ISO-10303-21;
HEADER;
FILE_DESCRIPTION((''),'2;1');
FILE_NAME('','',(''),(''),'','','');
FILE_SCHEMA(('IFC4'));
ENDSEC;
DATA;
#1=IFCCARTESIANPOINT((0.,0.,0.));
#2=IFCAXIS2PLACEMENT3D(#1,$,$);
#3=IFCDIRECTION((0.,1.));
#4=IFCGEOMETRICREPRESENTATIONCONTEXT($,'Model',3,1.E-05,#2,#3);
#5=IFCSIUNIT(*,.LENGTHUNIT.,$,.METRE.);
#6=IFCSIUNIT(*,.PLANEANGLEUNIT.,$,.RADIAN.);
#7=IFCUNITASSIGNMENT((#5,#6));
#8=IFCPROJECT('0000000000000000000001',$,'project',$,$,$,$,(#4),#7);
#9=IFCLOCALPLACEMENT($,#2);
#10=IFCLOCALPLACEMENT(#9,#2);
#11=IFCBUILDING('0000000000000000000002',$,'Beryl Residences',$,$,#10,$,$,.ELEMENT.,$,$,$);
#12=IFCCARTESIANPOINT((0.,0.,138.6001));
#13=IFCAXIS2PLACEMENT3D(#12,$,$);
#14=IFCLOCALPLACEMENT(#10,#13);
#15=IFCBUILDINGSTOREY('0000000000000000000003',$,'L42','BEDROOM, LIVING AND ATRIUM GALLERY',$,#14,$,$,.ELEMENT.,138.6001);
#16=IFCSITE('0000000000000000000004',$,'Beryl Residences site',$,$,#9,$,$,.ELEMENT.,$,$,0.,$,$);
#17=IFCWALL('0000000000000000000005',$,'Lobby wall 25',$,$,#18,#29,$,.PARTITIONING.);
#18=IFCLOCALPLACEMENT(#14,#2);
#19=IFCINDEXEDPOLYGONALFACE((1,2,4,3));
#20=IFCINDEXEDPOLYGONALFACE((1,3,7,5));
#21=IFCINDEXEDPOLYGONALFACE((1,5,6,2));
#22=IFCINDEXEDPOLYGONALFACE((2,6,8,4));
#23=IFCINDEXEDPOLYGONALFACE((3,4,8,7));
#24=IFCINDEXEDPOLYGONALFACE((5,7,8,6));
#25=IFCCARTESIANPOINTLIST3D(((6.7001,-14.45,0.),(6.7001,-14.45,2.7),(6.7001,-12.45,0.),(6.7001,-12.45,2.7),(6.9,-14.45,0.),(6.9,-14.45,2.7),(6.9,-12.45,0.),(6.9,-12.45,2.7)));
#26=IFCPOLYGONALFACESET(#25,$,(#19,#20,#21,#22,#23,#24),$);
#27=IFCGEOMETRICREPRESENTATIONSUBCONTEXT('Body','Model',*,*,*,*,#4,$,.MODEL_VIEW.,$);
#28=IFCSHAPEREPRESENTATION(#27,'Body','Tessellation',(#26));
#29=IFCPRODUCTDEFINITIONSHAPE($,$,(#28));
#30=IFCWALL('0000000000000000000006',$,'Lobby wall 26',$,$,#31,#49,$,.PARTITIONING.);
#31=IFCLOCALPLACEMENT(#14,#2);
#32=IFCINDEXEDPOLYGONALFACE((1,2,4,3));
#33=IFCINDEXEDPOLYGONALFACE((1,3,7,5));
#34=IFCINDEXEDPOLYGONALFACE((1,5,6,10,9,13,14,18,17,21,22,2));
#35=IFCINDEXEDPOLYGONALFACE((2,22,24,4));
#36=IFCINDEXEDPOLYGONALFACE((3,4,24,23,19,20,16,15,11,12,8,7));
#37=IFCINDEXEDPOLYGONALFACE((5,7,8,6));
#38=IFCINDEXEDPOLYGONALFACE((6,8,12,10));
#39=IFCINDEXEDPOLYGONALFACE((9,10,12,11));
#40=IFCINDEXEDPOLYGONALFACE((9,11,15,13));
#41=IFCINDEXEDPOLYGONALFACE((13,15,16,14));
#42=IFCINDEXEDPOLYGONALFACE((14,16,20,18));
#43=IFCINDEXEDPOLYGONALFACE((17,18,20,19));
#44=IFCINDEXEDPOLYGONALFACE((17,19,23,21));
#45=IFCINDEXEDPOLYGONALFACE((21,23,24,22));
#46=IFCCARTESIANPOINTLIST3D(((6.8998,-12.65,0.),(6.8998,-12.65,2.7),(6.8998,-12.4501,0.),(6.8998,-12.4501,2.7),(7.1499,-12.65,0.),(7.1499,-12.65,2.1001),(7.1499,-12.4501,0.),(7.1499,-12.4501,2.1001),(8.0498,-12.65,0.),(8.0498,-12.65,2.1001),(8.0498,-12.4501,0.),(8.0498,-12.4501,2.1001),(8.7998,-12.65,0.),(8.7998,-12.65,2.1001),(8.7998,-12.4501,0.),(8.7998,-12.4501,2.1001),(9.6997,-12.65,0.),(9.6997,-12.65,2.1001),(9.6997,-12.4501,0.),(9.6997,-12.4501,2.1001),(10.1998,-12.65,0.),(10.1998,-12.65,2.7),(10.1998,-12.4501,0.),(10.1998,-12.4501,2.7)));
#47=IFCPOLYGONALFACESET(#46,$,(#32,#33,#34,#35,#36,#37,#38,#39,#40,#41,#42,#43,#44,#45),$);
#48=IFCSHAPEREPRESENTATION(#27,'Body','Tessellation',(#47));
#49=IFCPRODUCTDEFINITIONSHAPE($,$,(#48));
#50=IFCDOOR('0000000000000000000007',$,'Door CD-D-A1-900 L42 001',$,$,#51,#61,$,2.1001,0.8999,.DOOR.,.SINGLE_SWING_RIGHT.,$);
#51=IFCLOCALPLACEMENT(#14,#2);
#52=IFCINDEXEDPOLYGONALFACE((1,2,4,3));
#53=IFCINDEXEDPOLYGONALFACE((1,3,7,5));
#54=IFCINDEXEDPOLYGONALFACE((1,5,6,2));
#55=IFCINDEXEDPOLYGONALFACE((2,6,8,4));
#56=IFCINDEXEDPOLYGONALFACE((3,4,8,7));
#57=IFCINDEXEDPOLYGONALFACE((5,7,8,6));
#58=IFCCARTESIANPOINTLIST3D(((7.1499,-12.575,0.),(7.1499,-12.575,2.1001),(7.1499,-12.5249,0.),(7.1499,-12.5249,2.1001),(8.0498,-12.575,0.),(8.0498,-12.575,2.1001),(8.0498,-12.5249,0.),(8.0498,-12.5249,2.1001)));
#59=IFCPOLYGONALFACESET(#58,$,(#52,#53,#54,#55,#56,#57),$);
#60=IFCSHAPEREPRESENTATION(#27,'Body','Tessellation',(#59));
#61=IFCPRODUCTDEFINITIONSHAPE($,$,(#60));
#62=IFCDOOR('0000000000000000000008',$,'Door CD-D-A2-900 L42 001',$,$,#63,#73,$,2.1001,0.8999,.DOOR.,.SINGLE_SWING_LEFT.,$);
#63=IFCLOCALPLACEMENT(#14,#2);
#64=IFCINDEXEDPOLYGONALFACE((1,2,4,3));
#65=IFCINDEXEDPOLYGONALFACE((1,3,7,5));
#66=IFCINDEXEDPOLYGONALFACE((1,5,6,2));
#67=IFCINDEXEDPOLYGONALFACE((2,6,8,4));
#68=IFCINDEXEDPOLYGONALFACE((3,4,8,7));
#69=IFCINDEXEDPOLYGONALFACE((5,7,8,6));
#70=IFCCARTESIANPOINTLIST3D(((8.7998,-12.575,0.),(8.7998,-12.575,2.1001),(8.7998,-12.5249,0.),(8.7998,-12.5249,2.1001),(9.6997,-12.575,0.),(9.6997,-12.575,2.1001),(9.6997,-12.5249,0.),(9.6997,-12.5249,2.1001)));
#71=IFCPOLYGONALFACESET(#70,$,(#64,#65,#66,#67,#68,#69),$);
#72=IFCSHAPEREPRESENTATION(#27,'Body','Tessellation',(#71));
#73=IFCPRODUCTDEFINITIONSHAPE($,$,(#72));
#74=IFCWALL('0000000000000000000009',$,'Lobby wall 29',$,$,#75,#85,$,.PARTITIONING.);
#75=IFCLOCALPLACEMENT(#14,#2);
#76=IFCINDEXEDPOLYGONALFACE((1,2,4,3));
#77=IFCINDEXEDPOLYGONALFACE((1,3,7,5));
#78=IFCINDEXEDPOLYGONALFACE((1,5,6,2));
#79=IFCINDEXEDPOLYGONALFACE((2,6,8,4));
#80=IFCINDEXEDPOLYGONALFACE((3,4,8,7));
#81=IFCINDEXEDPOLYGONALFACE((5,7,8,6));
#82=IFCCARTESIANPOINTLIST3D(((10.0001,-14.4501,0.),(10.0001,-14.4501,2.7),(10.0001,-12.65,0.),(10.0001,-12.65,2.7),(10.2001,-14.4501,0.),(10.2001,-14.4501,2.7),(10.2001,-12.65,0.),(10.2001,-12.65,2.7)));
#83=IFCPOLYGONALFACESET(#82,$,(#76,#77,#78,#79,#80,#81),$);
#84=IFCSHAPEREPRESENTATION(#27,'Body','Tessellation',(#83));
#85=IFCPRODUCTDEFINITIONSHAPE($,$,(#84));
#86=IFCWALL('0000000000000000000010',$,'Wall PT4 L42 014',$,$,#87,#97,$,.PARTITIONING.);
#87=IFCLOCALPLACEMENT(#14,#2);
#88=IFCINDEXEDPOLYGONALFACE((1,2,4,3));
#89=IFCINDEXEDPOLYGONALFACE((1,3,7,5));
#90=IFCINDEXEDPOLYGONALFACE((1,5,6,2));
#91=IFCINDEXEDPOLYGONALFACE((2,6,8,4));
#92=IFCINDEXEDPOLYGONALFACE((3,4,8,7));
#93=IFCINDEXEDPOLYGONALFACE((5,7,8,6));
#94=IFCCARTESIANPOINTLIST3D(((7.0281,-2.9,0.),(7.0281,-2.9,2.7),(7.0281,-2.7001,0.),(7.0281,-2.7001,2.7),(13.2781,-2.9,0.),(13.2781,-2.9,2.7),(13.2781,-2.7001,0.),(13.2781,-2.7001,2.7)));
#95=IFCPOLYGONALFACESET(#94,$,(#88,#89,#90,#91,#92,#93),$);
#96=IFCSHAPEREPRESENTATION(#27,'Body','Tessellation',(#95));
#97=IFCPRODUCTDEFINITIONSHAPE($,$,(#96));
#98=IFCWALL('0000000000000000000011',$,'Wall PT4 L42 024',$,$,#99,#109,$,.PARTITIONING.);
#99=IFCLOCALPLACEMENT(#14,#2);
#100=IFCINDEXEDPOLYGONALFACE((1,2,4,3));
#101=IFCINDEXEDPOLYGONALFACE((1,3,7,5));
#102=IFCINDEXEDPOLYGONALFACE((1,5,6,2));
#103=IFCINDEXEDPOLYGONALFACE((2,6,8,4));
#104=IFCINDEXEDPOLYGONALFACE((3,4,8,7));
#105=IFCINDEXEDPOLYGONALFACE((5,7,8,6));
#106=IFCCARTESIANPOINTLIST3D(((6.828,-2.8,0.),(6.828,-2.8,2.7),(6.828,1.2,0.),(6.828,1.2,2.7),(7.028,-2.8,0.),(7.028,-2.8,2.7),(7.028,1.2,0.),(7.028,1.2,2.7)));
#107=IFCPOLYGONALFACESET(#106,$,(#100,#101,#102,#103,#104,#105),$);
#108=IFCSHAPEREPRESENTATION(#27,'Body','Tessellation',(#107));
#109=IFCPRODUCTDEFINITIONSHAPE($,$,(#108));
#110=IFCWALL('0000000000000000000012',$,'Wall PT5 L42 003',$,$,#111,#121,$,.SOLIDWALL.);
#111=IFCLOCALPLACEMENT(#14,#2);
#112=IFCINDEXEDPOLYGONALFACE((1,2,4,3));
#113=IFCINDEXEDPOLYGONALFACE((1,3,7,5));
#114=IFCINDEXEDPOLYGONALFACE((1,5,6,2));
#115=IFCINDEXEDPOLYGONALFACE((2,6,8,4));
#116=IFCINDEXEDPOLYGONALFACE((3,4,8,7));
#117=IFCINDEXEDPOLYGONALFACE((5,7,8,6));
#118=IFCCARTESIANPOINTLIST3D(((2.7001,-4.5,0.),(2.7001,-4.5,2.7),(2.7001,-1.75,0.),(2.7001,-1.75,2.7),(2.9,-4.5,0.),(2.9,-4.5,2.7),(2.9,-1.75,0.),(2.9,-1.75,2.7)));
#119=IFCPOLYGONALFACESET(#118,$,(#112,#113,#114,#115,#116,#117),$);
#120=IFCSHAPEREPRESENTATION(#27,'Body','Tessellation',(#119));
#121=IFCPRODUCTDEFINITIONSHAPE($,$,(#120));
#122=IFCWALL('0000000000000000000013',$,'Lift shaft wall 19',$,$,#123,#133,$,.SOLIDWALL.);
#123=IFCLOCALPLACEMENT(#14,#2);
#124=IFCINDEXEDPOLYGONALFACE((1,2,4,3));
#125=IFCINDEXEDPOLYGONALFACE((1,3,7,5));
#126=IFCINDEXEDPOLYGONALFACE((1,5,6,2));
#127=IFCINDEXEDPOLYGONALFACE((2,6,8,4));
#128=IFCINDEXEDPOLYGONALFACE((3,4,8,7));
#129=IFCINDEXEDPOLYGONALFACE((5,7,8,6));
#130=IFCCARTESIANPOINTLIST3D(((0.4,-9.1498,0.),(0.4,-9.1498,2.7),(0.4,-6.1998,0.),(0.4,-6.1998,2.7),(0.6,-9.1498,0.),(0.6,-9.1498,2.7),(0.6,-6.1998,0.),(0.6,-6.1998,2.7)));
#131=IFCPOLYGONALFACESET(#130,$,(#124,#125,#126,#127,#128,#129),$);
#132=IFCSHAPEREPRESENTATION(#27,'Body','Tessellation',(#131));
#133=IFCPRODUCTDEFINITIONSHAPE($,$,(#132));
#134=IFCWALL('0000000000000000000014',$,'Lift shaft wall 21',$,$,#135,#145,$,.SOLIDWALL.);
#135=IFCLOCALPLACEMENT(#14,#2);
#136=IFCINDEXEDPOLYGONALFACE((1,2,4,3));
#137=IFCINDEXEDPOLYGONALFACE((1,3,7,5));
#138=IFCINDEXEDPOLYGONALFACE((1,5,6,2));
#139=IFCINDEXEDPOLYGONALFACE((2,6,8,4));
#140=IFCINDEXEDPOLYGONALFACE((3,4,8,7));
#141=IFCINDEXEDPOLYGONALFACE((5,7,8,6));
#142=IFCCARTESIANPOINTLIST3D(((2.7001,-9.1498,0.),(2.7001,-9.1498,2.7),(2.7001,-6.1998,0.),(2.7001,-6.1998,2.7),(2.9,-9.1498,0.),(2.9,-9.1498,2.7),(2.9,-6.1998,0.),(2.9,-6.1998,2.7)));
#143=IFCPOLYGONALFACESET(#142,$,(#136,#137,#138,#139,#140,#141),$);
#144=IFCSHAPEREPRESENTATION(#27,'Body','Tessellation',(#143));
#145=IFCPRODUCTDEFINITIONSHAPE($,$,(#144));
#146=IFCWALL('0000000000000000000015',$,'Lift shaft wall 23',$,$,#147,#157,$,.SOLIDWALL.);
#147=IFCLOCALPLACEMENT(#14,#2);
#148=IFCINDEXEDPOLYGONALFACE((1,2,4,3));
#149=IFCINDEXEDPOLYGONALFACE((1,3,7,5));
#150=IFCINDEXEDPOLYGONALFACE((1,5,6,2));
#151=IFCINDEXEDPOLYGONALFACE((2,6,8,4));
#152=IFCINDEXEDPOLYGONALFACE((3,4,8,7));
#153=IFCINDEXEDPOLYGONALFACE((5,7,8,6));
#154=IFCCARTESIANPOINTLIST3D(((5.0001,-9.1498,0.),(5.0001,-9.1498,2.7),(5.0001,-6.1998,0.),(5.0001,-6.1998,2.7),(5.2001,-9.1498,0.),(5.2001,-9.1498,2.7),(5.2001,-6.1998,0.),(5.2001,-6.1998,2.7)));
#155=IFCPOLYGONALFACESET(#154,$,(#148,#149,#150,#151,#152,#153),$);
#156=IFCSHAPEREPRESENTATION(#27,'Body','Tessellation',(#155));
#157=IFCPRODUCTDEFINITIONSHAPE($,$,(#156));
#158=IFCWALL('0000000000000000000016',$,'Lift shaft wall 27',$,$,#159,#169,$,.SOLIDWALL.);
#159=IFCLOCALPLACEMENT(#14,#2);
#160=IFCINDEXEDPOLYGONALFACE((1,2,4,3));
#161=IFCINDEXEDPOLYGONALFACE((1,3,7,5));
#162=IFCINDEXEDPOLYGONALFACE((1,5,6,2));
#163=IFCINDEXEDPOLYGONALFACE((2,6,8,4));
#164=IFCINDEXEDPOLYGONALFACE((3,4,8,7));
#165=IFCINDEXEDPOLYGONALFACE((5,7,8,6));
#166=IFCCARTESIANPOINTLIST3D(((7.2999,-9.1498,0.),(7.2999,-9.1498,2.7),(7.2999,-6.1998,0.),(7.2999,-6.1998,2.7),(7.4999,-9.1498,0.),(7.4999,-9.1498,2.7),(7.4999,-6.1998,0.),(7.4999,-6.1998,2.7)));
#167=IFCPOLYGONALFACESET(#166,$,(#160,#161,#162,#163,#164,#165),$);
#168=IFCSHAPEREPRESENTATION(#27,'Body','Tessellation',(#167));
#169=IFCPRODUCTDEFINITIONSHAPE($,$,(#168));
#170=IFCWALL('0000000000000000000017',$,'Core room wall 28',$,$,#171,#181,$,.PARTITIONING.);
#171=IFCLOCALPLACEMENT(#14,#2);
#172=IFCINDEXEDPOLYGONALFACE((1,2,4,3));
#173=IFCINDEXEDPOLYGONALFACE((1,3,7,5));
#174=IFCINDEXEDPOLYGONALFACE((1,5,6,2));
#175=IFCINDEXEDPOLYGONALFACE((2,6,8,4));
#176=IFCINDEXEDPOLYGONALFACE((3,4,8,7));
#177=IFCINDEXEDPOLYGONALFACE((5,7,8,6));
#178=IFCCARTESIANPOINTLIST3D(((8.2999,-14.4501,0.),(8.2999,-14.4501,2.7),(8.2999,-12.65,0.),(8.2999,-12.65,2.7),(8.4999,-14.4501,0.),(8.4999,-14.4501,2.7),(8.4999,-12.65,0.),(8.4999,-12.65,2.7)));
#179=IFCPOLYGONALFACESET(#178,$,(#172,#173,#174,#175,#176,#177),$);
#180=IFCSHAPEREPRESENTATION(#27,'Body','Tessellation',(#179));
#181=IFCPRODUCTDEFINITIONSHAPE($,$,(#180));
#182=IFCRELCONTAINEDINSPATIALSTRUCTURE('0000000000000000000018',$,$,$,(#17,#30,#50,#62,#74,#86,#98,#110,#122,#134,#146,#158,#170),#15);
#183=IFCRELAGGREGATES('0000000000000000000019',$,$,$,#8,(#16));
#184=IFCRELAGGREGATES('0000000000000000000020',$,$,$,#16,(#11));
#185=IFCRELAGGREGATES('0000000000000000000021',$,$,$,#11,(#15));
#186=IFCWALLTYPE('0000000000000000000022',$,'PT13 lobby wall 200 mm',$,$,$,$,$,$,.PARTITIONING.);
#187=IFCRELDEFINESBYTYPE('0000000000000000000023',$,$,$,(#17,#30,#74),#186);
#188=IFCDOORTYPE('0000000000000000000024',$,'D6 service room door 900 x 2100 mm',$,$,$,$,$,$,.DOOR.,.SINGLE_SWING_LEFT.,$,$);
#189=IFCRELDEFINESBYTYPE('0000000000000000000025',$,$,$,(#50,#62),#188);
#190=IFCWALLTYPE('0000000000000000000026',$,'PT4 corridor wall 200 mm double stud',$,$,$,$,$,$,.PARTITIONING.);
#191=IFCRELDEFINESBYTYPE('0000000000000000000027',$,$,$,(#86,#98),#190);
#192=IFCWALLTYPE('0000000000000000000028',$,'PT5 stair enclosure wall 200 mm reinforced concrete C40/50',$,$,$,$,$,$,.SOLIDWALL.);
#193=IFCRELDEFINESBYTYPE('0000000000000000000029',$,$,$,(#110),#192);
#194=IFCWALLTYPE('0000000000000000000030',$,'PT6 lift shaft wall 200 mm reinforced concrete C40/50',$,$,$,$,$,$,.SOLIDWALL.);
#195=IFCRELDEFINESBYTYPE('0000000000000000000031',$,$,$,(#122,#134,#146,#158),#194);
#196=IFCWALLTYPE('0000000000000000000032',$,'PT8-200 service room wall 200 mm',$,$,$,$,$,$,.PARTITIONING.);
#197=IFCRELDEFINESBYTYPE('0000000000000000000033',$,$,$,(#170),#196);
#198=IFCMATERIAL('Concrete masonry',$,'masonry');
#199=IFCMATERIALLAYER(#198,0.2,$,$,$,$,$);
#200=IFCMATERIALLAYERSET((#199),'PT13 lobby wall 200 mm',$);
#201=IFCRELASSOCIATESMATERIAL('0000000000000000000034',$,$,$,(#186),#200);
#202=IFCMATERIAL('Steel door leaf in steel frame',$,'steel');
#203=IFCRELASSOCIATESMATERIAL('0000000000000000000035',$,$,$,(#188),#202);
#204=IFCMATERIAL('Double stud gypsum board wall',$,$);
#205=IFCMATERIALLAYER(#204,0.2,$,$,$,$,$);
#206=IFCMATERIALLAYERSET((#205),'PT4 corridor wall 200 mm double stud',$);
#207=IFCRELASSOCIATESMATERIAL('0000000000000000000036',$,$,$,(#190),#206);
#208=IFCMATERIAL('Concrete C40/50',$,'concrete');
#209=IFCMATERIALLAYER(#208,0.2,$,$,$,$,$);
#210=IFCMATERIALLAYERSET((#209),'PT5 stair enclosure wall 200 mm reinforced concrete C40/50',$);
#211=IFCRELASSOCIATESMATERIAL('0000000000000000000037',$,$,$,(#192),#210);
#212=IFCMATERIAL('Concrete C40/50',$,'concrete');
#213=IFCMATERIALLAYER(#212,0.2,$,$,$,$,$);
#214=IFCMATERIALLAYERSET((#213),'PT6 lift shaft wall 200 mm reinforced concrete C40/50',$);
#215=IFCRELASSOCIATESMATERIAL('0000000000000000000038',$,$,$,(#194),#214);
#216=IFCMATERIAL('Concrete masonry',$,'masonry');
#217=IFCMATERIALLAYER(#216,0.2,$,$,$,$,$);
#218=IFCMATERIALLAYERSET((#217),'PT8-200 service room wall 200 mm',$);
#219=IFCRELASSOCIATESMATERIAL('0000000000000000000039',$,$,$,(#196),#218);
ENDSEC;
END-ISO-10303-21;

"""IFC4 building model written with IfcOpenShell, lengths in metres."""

from ifc_helpers import new_model, si_unit, direction, frame, frame_2d, origin, place, context, subcontext, project, spatial, rectangle, extrude, material, layer, layer_set, type_object, element, fill, save


model = new_model("IFC4")

# Units and contexts
model_context = context("Model", 3, precision=1e-05, world=origin(), true_north=direction((0.0, 1.0)))
body_context = subcontext(model_context, "Body", "Model", "MODEL_VIEW")
ifc_project = project(units=[si_unit("LENGTHUNIT", "METRE"), si_unit("PLANEANGLEUNIT", "RADIAN")], contexts=[model_context])

# Site, building, storey
site_placement = place(None, origin())
site = spatial("IfcSite", under=ifc_project, at=site_placement, Name="Beryl Residences site", CompositionType="ELEMENT", RefElevation=0.0)
building_placement = place(site_placement, origin())
building = spatial("IfcBuilding", under=site, at=building_placement, Name="Beryl Residences", CompositionType="ELEMENT")
storey_placement = place(building_placement, frame((0.0, 0.0, 138.6001)))
storey = spatial("IfcBuildingStorey", under=building, at=storey_placement, Name="L42", Description="BEDROOM, LIVING AND ATRIUM GALLERY", CompositionType="ELEMENT", Elevation=138.6001)

# Wall
ifc_material_1 = material(Name="Concrete masonry", Category="masonry")
ifc_layer_1 = layer(ifc_material_1, 0.2)
ifc_layer_set_1 = layer_set([ifc_layer_1], Name="PT13 lobby wall 200 mm")
wall_type_1 = type_object("IfcWallType", Name="PT13 lobby wall 200 mm", PredefinedType="PARTITIONING", material=ifc_layer_set_1)
wall_1_placement = place(storey_placement, frame((6.8, -14.45, 0.0), z_axis=(0.0, 0.0, 1.0), x_axis=(0.0, 1.0, 0.0)))
element("IfcWall", 1, at=wall_1_placement, inside=storey, type_object=wall_type_1, Name="Lobby wall 25", PredefinedType="PARTITIONING", context=body_context, shape_type="SweptSolid", body=[
    extrude(rectangle(XDim=2.0, YDim=0.2, at=frame_2d((1.0, 0.0))), origin(), (0.0, 0.0, 1.0), 2.7),
])

# Wall, openings, doors
wall_2_placement = place(storey_placement, frame((6.8999, -12.55, 0.0), z_axis=(0.0, 0.0, 1.0), x_axis=(1.0, 0.0, 0.0)))
wall_2 = element("IfcWall", 2, at=wall_2_placement, inside=storey, type_object=wall_type_1, Name="Lobby wall 26", PredefinedType="PARTITIONING", context=body_context, shape_type="SweptSolid", body=[
    extrude(rectangle(XDim=3.3, YDim=0.2, at=frame_2d((1.6499, 0.0))), origin(), (0.0, 0.0, 1.0), 2.7),
])
opening_1_placement = place(wall_2_placement, frame((1.1499, 0.0, 0.0), z_axis=(0.0, 0.0, 1.0), x_axis=(-1.0, 0.0, 0.0)))
opening_1 = element("IfcOpeningElement", 3, at=opening_1_placement, cuts=wall_2, PredefinedType="OPENING", context=body_context, shape_type="SweptSolid", body=[
    extrude(rectangle(XDim=0.8999, YDim=2.1001, at=frame_2d((0.45, 1.05))), frame((0.0, 0.1099, 0.0), z_axis=(0.0, -1.0, 0.0), x_axis=(1.0, 0.0, 0.0)), (0.0, 0.0, 1.0), 0.22),
])
opening_2_placement = place(wall_2_placement, frame((2.7998, 0.0, 0.0), z_axis=(0.0, 0.0, 1.0), x_axis=(-1.0, 0.0, 0.0)))
opening_2 = element("IfcOpeningElement", 4, at=opening_2_placement, cuts=wall_2, PredefinedType="OPENING", context=body_context, shape_type="SweptSolid", body=[
    extrude(rectangle(XDim=0.8999, YDim=2.1001, at=frame_2d((0.45, 1.05))), frame((0.0, 0.1099, 0.0), z_axis=(0.0, -1.0, 0.0), x_axis=(1.0, 0.0, 0.0)), (0.0, 0.0, 1.0), 0.22),
])
ifc_material_2 = material(Name="Steel door leaf in steel frame", Category="steel")
door_type = type_object("IfcDoorType", Name="D6 service room door 900 x 2100 mm", OperationType="SINGLE_SWING_LEFT", PredefinedType="DOOR", material=ifc_material_2)
door_1_placement = place(opening_1_placement, origin())
door_1 = element("IfcDoor", 5, at=door_1_placement, inside=storey, type_object=door_type, Name="Door CD-D-A1-900 L42 001", OperationType="SINGLE_SWING_RIGHT", OverallHeight=2.1001, OverallWidth=0.8999, PredefinedType="DOOR", context=body_context, shape_type="SweptSolid", body=[
    extrude(rectangle(XDim=0.8999, YDim=2.1001, at=frame_2d((0.45, 1.05))), frame((0.0, 0.0249, 0.0), z_axis=(0.0, -1.0, 0.0), x_axis=(1.0, 0.0, 0.0)), (0.0, 0.0, 1.0), 0.05),
])
fill(opening_1, door_1)
door_2_placement = place(opening_2_placement, origin())
door_2 = element("IfcDoor", 6, at=door_2_placement, inside=storey, type_object=door_type, Name="Door CD-D-A2-900 L42 001", OperationType="SINGLE_SWING_LEFT", OverallHeight=2.1001, OverallWidth=0.8999, PredefinedType="DOOR", context=body_context, shape_type="SweptSolid", body=[
    extrude(rectangle(XDim=0.8999, YDim=2.1001, at=frame_2d((0.45, 1.05))), frame((0.0, 0.0249, 0.0), z_axis=(0.0, -1.0, 0.0), x_axis=(1.0, 0.0, 0.0)), (0.0, 0.0, 1.0), 0.05),
])
fill(opening_2, door_2)

# Walls
wall_3_placement = place(storey_placement, frame((10.1001, -14.45, 0.0), z_axis=(0.0, 0.0, 1.0), x_axis=(0.0, 1.0, 0.0)))
element("IfcWall", 7, at=wall_3_placement, inside=storey, type_object=wall_type_1, Name="Lobby wall 29", PredefinedType="PARTITIONING", context=body_context, shape_type="SweptSolid", body=[
    extrude(rectangle(XDim=1.8, YDim=0.2, at=frame_2d((0.8999, 0.0))), origin(), (0.0, 0.0, 1.0), 2.7),
])
ifc_material_3 = material(Name="Double stud gypsum board wall")
ifc_layer_2 = layer(ifc_material_3, 0.2)
ifc_layer_set_2 = layer_set([ifc_layer_2], Name="PT4 corridor wall 200 mm double stud")
wall_type_2 = type_object("IfcWallType", Name="PT4 corridor wall 200 mm double stud", PredefinedType="PARTITIONING", material=ifc_layer_set_2)
wall_4_placement = place(storey_placement, frame((7.0281, -2.8, 0.0), z_axis=(0.0, 0.0, 1.0), x_axis=(1.0, 0.0, 0.0)))
element("IfcWall", 8, at=wall_4_placement, inside=storey, type_object=wall_type_2, Name="Wall PT4 L42 014", PredefinedType="PARTITIONING", context=body_context, shape_type="SweptSolid", body=[
    extrude(rectangle(XDim=6.25, YDim=0.2, at=frame_2d((3.125, 0.0))), origin(), (0.0, 0.0, 1.0), 2.7),
])
wall_5_placement = place(storey_placement, frame((6.928, -2.8, 0.0), z_axis=(0.0, 0.0, 1.0), x_axis=(0.0, 1.0, 0.0)))
element("IfcWall", 9, at=wall_5_placement, inside=storey, type_object=wall_type_2, Name="Wall PT4 L42 024", PredefinedType="PARTITIONING", context=body_context, shape_type="SweptSolid", body=[
    extrude(rectangle(XDim=4.0, YDim=0.2, at=frame_2d((2.0, 0.0))), origin(), (0.0, 0.0, 1.0), 2.7),
])
ifc_material_4 = material(Name="Concrete C40/50", Category="concrete")
ifc_layer_3 = layer(ifc_material_4, 0.2)
ifc_layer_set_3 = layer_set([ifc_layer_3], Name="PT5 stair enclosure wall 200 mm reinforced concrete C40/50")
wall_type_3 = type_object("IfcWallType", Name="PT5 stair enclosure wall 200 mm reinforced concrete C40/50", PredefinedType="SOLIDWALL", material=ifc_layer_set_3)
wall_6_placement = place(storey_placement, frame((2.8, -4.5, 0.0), z_axis=(0.0, 0.0, 1.0), x_axis=(0.0, 1.0, 0.0)))
element("IfcWall", 10, at=wall_6_placement, inside=storey, type_object=wall_type_3, Name="Wall PT5 L42 003", PredefinedType="SOLIDWALL", context=body_context, shape_type="SweptSolid", body=[
    extrude(rectangle(XDim=2.75, YDim=0.2, at=frame_2d((1.375, 0.0))), origin(), (0.0, 0.0, 1.0), 2.7),
])
ifc_material_5 = material(Name="Concrete C40/50", Category="concrete")
ifc_layer_4 = layer(ifc_material_5, 0.2)
ifc_layer_set_4 = layer_set([ifc_layer_4], Name="PT6 lift shaft wall 200 mm reinforced concrete C40/50")
wall_type_4 = type_object("IfcWallType", Name="PT6 lift shaft wall 200 mm reinforced concrete C40/50", PredefinedType="SOLIDWALL", material=ifc_layer_set_4)
for number, where, z_axis, x_axis, name in (
    (11, (0.5, -9.1499, 0.0), (0.0, 0.0, 1.0), (0.0, 1.0, 0.0), "Lift shaft wall 19"),
    (12, (2.8, -9.1499, 0.0), (0.0, 0.0, 1.0), (0.0, 1.0, 0.0), "Lift shaft wall 21"),
    (13, (5.1001, -9.1499, 0.0), (0.0, 0.0, 1.0), (0.0, 1.0, 0.0), "Lift shaft wall 23"),
    (14, (7.3999, -9.1499, 0.0), (0.0, 0.0, 1.0), (0.0, 1.0, 0.0), "Lift shaft wall 27"),
):
    element("IfcWall", number, at=place(storey_placement, frame(where, z_axis=z_axis, x_axis=x_axis)), inside=storey, type_object=wall_type_4, Name=name, PredefinedType="SOLIDWALL", context=body_context, shape_type="SweptSolid", body=[
        extrude(rectangle(XDim=2.95, YDim=0.2, at=frame_2d((1.4751, 0.0))), origin(), (0.0, 0.0, 1.0), 2.7),
    ])
ifc_material_6 = material(Name="Concrete masonry", Category="masonry")
ifc_layer_5 = layer(ifc_material_6, 0.2)
ifc_layer_set_5 = layer_set([ifc_layer_5], Name="PT8-200 service room wall 200 mm")
wall_type_5 = type_object("IfcWallType", Name="PT8-200 service room wall 200 mm", PredefinedType="PARTITIONING", material=ifc_layer_set_5)
wall_7_placement = place(storey_placement, frame((8.3999, -14.45, 0.0), z_axis=(0.0, 0.0, 1.0), x_axis=(0.0, 1.0, 0.0)))
element("IfcWall", 15, at=wall_7_placement, inside=storey, type_object=wall_type_5, Name="Core room wall 28", PredefinedType="PARTITIONING", context=body_context, shape_type="SweptSolid", body=[
    extrude(rectangle(XDim=1.8, YDim=0.2, at=frame_2d((0.8999, 0.0))), origin(), (0.0, 0.0, 1.0), 2.7),
])

save(model, "model.ifc")
